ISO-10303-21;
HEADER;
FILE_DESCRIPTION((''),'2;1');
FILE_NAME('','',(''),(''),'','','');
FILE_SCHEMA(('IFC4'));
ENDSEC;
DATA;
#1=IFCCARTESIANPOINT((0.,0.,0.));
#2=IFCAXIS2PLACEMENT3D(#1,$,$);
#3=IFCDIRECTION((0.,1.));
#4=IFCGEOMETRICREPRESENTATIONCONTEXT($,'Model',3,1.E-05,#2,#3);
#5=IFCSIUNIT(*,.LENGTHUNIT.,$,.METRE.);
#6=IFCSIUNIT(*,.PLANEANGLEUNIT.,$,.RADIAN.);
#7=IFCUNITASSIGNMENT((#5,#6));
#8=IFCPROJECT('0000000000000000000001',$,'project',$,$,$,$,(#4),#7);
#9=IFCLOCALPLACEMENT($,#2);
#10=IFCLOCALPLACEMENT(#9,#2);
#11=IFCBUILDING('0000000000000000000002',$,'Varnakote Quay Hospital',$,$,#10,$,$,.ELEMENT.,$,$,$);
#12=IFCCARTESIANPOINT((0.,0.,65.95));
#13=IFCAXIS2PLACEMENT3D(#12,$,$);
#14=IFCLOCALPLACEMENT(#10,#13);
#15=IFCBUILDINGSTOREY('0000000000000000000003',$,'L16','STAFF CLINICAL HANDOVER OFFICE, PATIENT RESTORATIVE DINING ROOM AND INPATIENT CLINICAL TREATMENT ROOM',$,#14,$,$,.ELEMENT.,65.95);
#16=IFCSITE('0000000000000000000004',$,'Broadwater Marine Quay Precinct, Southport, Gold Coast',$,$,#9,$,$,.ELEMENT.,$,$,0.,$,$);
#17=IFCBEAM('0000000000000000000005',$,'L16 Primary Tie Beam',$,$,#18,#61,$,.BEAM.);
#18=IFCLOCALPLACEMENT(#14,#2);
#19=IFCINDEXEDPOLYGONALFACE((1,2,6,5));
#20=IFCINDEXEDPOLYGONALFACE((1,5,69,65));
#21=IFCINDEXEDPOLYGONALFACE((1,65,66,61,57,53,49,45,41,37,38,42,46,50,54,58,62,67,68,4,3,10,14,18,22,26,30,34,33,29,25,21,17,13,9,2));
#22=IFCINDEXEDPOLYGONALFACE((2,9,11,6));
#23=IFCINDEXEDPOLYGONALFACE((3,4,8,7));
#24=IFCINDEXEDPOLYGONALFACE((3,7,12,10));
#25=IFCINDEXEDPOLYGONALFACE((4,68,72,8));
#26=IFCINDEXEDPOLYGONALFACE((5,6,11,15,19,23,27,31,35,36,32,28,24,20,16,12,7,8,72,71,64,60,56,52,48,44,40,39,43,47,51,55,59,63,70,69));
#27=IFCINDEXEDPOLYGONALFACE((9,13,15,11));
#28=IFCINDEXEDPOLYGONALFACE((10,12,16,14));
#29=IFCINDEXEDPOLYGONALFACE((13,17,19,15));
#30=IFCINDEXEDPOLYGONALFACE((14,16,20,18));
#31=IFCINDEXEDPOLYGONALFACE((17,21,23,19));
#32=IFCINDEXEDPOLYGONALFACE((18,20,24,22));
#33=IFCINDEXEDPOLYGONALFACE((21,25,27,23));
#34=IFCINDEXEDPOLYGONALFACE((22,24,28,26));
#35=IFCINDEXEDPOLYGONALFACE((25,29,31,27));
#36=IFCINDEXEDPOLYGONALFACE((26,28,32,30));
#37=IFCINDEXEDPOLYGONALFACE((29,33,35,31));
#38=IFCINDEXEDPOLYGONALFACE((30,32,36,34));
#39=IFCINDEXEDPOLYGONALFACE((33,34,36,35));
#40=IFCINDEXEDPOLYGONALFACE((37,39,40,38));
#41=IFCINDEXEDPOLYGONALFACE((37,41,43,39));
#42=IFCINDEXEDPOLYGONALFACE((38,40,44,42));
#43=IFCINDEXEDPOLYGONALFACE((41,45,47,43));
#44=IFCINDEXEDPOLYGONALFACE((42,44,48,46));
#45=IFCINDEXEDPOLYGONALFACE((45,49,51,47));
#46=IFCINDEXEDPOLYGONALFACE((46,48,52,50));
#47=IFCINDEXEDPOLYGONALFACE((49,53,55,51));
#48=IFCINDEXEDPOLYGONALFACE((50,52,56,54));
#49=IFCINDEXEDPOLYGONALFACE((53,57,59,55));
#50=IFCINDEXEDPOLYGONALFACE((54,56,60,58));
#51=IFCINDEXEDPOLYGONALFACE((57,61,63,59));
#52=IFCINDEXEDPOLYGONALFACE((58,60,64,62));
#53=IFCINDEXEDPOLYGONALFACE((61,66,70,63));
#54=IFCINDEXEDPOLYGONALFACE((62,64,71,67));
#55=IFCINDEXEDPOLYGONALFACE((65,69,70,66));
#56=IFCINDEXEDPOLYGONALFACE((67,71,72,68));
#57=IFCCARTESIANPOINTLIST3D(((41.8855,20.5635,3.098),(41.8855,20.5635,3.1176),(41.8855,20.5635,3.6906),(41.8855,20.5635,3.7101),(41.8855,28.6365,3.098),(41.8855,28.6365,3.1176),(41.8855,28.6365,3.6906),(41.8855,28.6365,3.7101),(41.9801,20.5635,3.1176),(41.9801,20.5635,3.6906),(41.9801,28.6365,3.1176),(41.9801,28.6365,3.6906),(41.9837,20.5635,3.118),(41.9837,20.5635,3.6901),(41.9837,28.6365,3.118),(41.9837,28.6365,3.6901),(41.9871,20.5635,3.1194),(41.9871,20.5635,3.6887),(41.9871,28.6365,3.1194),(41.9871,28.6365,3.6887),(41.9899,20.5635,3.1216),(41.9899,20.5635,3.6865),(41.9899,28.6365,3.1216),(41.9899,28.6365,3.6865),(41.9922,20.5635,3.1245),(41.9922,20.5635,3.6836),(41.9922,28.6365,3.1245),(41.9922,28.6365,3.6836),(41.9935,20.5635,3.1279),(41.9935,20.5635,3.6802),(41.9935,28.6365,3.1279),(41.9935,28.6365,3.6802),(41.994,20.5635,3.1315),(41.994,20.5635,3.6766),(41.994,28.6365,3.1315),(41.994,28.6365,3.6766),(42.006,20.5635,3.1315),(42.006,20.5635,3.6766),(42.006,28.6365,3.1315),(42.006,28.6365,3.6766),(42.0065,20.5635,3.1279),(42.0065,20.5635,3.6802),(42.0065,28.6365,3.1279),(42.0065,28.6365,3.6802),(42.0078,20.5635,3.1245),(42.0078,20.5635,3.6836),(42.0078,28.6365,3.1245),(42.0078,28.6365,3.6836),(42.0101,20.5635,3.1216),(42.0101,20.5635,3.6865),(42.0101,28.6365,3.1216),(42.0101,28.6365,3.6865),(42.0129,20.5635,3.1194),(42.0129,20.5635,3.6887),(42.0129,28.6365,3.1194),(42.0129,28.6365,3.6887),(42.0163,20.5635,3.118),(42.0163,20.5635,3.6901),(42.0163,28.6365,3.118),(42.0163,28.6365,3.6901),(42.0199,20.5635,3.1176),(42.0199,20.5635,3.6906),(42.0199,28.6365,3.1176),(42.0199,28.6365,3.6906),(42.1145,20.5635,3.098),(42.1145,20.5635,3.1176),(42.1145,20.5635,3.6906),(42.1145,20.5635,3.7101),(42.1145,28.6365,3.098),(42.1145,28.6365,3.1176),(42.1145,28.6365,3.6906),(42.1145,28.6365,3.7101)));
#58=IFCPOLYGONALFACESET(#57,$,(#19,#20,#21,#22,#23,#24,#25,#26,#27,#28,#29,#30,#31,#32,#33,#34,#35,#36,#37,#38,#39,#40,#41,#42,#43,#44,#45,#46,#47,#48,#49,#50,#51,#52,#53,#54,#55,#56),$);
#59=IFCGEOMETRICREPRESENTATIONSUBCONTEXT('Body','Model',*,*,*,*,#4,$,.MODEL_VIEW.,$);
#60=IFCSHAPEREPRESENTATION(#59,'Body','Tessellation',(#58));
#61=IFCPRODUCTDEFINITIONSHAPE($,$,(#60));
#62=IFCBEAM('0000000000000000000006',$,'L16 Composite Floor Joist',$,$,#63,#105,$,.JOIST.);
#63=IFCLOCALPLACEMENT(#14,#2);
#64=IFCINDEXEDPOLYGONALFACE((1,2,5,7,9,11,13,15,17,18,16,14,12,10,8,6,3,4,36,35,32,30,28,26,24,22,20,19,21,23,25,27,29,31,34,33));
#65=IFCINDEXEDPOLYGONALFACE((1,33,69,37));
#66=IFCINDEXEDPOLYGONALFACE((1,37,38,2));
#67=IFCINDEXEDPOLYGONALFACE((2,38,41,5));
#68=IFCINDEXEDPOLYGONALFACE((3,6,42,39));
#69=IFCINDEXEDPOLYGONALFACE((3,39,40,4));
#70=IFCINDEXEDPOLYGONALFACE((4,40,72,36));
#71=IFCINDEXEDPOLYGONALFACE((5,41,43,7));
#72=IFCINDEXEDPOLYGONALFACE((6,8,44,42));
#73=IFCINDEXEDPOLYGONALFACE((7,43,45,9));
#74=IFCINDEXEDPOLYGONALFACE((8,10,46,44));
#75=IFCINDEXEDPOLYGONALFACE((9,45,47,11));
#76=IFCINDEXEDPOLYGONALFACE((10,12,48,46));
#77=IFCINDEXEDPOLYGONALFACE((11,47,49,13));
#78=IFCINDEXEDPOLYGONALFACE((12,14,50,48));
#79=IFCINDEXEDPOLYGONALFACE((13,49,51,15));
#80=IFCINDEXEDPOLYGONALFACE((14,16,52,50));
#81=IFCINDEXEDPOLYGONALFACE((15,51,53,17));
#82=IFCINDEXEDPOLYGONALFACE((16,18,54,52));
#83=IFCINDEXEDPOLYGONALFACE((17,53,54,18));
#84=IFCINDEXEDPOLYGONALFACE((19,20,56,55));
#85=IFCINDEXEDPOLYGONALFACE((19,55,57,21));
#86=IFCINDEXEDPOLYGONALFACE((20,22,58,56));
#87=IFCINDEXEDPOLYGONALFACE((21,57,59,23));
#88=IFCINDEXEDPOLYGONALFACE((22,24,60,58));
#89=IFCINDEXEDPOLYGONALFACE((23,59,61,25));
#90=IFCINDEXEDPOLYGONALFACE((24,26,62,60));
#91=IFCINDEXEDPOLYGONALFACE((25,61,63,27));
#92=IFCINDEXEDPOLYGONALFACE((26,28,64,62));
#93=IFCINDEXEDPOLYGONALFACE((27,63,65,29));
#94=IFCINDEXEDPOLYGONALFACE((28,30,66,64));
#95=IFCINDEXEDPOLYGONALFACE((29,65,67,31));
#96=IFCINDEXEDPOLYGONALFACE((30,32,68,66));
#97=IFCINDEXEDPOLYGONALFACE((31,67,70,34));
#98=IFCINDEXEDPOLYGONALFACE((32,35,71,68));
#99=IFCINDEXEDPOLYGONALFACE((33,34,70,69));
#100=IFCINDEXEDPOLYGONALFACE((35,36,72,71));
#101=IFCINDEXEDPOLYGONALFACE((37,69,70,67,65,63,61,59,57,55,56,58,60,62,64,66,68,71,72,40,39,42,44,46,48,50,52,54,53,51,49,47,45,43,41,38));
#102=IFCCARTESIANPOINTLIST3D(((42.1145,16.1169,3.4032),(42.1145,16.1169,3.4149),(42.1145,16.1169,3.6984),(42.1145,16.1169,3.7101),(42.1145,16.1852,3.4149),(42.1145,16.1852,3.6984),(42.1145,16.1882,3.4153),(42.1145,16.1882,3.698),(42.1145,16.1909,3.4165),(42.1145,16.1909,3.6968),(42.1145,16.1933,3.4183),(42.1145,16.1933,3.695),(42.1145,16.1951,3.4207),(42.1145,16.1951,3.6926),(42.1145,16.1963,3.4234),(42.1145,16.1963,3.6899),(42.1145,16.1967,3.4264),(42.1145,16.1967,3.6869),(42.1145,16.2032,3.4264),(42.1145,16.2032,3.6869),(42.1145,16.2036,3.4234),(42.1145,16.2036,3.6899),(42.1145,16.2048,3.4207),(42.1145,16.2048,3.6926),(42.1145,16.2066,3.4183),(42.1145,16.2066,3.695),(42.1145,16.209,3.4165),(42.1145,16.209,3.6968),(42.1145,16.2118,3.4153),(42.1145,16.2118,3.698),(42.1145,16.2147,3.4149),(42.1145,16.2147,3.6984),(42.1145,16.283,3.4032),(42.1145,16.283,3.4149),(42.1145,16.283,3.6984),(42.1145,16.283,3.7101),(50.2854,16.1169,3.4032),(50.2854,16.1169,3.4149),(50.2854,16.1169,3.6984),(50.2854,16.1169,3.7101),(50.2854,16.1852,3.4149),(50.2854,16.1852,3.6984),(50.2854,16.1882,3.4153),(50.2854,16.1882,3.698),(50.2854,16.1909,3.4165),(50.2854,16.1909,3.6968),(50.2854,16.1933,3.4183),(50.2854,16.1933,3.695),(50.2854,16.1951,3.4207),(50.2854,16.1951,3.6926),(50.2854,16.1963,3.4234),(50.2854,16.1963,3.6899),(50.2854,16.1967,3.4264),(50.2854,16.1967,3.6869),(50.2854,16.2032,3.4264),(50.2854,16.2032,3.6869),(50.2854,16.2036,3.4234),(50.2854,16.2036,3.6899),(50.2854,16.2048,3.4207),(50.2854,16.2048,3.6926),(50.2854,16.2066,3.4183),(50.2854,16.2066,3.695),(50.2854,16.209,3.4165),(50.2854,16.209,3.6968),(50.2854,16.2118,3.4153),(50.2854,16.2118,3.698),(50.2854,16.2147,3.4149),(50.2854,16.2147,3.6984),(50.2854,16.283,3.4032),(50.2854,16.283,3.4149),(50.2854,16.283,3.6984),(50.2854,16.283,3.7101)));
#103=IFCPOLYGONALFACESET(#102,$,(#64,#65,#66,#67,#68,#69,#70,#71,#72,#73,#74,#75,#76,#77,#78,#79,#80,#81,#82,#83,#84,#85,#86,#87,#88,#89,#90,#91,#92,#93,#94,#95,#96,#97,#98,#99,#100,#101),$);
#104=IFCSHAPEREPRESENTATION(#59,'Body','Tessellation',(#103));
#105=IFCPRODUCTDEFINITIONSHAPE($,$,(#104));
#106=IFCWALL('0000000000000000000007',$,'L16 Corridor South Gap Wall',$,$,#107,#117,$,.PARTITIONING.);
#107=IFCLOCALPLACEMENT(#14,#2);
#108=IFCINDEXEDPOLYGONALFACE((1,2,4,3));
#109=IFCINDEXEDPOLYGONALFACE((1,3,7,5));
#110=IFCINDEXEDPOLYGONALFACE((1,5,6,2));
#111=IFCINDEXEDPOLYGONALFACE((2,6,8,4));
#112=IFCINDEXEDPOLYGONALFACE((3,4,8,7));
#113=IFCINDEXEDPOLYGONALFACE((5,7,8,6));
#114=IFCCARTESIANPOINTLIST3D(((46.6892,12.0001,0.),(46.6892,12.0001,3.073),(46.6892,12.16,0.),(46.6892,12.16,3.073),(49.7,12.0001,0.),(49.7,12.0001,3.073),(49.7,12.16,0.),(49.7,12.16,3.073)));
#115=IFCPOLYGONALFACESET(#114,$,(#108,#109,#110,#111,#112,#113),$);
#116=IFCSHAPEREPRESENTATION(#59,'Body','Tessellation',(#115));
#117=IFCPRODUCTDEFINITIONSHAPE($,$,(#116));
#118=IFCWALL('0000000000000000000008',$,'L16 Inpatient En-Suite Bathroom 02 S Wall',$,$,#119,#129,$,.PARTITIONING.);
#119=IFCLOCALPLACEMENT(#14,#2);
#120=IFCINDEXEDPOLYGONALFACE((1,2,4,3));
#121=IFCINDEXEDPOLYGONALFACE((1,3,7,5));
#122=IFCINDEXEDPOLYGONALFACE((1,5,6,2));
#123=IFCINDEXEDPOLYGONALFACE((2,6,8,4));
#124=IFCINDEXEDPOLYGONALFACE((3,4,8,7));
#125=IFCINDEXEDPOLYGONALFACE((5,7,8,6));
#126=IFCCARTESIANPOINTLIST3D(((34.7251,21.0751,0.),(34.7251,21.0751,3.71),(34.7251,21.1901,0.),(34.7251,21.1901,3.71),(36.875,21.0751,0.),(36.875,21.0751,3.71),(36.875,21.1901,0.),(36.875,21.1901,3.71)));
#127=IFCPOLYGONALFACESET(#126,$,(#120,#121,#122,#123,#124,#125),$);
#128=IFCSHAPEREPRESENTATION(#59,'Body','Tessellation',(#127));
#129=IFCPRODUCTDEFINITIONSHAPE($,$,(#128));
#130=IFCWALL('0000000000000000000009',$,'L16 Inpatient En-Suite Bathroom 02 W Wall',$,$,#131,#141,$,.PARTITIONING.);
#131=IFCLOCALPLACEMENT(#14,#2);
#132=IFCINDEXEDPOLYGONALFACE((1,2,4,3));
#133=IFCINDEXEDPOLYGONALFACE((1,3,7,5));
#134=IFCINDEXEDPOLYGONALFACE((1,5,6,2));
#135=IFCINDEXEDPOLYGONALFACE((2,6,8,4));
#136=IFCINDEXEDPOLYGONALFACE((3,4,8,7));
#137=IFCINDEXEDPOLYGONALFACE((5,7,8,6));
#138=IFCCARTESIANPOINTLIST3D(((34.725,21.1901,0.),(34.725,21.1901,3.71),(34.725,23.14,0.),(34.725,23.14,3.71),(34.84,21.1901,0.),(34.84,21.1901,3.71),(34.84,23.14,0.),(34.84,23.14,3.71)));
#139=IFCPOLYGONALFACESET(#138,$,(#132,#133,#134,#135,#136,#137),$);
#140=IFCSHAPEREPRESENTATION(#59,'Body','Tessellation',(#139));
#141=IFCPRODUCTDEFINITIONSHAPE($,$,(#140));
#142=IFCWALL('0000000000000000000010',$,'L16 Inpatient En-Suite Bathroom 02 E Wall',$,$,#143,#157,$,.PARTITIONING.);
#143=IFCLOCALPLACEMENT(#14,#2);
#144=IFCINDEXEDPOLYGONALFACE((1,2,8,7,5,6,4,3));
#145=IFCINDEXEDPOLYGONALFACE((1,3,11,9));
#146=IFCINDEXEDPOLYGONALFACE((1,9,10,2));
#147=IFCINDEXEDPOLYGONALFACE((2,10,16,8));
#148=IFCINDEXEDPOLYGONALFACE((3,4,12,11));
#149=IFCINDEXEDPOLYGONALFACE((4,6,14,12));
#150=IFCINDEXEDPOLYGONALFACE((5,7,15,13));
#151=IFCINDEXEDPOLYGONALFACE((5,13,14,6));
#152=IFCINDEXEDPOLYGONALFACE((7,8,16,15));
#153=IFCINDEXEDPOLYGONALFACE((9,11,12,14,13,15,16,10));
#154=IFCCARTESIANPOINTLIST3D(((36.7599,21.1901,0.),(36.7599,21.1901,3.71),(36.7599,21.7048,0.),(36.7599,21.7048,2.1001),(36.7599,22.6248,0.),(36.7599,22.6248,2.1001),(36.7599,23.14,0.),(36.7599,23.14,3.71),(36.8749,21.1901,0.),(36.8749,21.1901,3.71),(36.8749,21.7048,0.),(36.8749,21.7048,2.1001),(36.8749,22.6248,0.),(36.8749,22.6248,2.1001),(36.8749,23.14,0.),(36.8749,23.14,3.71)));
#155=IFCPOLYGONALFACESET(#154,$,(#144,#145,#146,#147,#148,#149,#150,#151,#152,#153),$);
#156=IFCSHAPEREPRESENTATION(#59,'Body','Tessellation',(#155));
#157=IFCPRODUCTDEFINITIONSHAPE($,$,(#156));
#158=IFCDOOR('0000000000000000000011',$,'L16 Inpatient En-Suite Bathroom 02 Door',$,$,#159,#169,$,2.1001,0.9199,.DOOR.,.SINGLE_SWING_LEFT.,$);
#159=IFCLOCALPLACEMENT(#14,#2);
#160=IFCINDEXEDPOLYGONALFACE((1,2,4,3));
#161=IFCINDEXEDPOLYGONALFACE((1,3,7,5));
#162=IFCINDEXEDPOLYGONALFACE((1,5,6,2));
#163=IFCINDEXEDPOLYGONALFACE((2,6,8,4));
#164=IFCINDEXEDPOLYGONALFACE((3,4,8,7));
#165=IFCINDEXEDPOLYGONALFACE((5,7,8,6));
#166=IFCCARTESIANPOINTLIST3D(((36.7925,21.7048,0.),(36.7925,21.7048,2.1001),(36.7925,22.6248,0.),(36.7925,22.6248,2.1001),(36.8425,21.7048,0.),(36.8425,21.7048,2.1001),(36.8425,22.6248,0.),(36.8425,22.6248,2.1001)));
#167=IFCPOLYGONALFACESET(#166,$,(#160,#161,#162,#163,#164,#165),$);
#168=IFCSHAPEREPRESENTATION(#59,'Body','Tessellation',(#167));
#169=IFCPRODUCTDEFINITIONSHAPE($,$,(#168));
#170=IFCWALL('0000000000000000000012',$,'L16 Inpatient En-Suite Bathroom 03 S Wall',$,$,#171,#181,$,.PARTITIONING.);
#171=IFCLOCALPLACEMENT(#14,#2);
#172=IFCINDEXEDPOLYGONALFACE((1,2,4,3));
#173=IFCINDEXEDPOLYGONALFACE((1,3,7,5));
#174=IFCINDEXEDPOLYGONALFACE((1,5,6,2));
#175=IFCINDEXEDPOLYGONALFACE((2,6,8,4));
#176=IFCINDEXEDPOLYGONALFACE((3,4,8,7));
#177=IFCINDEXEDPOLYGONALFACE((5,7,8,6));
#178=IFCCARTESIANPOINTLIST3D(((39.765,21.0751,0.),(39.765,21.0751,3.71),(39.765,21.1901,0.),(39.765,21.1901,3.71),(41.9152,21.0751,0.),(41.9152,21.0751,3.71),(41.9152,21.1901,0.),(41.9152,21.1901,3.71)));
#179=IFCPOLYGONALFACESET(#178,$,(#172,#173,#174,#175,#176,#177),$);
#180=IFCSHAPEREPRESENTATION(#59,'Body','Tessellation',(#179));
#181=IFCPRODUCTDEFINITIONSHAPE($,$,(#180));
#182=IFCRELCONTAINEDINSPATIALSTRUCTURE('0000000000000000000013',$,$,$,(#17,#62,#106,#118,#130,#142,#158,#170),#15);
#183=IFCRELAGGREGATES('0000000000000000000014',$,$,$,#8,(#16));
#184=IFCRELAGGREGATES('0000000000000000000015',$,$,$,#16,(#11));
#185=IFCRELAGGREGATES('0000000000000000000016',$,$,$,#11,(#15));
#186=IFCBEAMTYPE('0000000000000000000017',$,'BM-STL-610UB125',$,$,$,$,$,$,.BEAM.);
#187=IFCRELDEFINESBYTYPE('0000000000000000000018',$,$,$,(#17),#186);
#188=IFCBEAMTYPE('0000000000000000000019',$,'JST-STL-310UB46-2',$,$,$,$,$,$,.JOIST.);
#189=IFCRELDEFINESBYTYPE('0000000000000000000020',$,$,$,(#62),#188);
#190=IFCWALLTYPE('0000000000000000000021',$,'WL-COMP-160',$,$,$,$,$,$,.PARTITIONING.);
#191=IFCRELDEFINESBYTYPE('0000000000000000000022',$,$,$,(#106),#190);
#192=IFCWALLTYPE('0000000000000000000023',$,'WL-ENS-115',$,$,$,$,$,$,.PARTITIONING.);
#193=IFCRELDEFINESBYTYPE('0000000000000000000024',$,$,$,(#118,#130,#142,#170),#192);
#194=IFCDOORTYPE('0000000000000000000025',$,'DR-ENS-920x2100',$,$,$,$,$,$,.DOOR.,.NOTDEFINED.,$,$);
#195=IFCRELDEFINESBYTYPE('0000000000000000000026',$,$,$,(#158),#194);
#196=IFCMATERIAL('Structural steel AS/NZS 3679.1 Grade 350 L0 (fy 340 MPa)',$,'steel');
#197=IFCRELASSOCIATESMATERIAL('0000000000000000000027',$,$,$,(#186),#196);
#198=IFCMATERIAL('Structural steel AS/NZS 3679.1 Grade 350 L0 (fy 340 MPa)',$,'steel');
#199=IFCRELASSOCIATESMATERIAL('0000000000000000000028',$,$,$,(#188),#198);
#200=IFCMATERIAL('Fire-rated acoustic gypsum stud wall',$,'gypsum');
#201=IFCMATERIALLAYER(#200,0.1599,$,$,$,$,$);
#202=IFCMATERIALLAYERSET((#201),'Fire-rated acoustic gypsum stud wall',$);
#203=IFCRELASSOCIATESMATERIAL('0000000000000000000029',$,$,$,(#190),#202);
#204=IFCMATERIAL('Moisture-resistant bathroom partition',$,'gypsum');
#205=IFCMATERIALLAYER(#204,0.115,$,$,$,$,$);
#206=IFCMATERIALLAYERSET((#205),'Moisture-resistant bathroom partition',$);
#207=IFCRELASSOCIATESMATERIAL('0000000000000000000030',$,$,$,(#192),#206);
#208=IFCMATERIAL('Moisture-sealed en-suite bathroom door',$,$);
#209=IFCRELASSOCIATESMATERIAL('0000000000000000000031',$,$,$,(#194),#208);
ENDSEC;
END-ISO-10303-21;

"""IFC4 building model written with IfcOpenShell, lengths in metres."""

from ifc_helpers import new_model, si_unit, direction, frame, frame_2d, origin, origin_2d, place, context, subcontext, project, spatial, rectangle, i_section, extrude, material, layer, layer_set, material_profile, profile_set, type_object, element, fill, save


model = new_model("IFC4")

# Units and contexts
model_context = context("Model", 3, precision=1e-05, world=origin(), true_north=direction((0.0, 1.0)))
body_context = subcontext(model_context, "Body", "Model", "MODEL_VIEW")
ifc_project = project(units=[si_unit("LENGTHUNIT", "METRE"), si_unit("PLANEANGLEUNIT", "RADIAN")], contexts=[model_context])

# Site, building, storey
site_placement = place(None, origin())
site = spatial("IfcSite", under=ifc_project, at=site_placement, Name="Broadwater Marine Quay Precinct, Southport, Gold Coast", CompositionType="ELEMENT", RefElevation=0.0)
building_placement = place(site_placement, origin())
building = spatial("IfcBuilding", under=site, at=building_placement, Name="Varnakote Quay Hospital", CompositionType="ELEMENT")
storey_placement = place(building_placement, frame((0.0, 0.0, 65.95)))
storey = spatial("IfcBuildingStorey", under=building, at=storey_placement, Name="L16", Description="STAFF CLINICAL HANDOVER OFFICE, PATIENT RESTORATIVE DINING ROOM AND INPATIENT CLINICAL TREATMENT ROOM", CompositionType="ELEMENT", Elevation=65.95)

# Beams
ifc_material_1 = material(Name="Structural steel AS/NZS 3679.1 Grade 350 L0 (fy 340 MPa)", Category="steel")
ifc_material_profile_1 = material_profile(ifc_material_1, i_section(OverallWidth=0.229, OverallDepth=0.6121, WebThickness=0.012, FlangeThickness=0.0195, FilletRadius=0.0139, at=origin_2d()), Name="610UB125")
ifc_profile_set_1 = profile_set([ifc_material_profile_1], Name="Structural steel AS/NZS 3679.1 Grade 350 L0 (fy 340 MPa)")
beam_type_1 = type_object("IfcBeamType", Name="BM-STL-610UB125", PredefinedType="BEAM", material=ifc_profile_set_1)
for number, where, z_axis, x_axis, name in (
    (1, (42.0, 20.5635, 3.4041), (0.0, 1.0, 0.0), (-1.0, 0.0, 0.0), "L16 Primary Tie Beam"),
):
    element("IfcBeam", number, at=place(storey_placement, frame(where, z_axis=z_axis, x_axis=x_axis)), inside=storey, type_object=beam_type_1, Name=name, PredefinedType="BEAM", context=body_context, shape_type="SweptSolid", body=[
        extrude(i_section(OverallWidth=0.229, OverallDepth=0.6121, WebThickness=0.012, FlangeThickness=0.0195, FilletRadius=0.0139, at=origin_2d()), origin(), (0.0, 0.0, 1.0), 8.073),
    ])
ifc_material_2 = material(Name="Structural steel AS/NZS 3679.1 Grade 350 L0 (fy 340 MPa)", Category="steel")
ifc_material_profile_2 = material_profile(ifc_material_2, i_section(OverallWidth=0.166, OverallDepth=0.3069, WebThickness=0.0066, FlangeThickness=0.0117, FilletRadius=0.0115, at=origin_2d()), Name="310UB46.2")
ifc_profile_set_2 = profile_set([ifc_material_profile_2], Name="Structural steel AS/NZS 3679.1 Grade 350 L0 (fy 340 MPa)")
beam_type_2 = type_object("IfcBeamType", Name="JST-STL-310UB46-2", PredefinedType="JOIST", material=ifc_profile_set_2)
beam_1_placement = place(storey_placement, frame((42.1145, 16.2, 3.5566), z_axis=(1.0, 0.0, 0.0), x_axis=(0.0, 1.0, 0.0)))
element("IfcBeam", 2, at=beam_1_placement, inside=storey, type_object=beam_type_2, Name="L16 Composite Floor Joist", PredefinedType="JOIST", context=body_context, shape_type="SweptSolid", body=[
    extrude(i_section(OverallWidth=0.166, OverallDepth=0.3069, WebThickness=0.0066, FlangeThickness=0.0117, FilletRadius=0.0115, at=origin_2d()), origin(), (0.0, 0.0, 1.0), 8.1709),
])

# Walls
ifc_material_3 = material(Name="Fire-rated acoustic gypsum stud wall", Category="gypsum")
ifc_layer_1 = layer(ifc_material_3, 0.1599)
ifc_layer_set_1 = layer_set([ifc_layer_1], Name="Fire-rated acoustic gypsum stud wall")
wall_type_1 = type_object("IfcWallType", Name="WL-COMP-160", PredefinedType="PARTITIONING", material=ifc_layer_set_1)
wall_1_placement = place(storey_placement, frame((46.6892, 12.0801, 0.0), z_axis=(0.0, 0.0, 1.0), x_axis=(1.0, 0.0, 0.0)))
element("IfcWall", 3, at=wall_1_placement, inside=storey, type_object=wall_type_1, Name="L16 Corridor South Gap Wall", PredefinedType="PARTITIONING", context=body_context, shape_type="SweptSolid", body=[
    extrude(rectangle(XDim=3.0107, YDim=0.1599, at=frame_2d((1.5054, 0.0))), origin(), (0.0, 0.0, 1.0), 3.073),
])
ifc_material_4 = material(Name="Moisture-resistant bathroom partition", Category="gypsum")
ifc_layer_2 = layer(ifc_material_4, 0.115)
ifc_layer_set_2 = layer_set([ifc_layer_2], Name="Moisture-resistant bathroom partition")
wall_type_2 = type_object("IfcWallType", Name="WL-ENS-115", PredefinedType="PARTITIONING", material=ifc_layer_set_2)
wall_2_placement = place(storey_placement, frame((34.7251, 21.1326, 0.0), z_axis=(0.0, 0.0, 1.0), x_axis=(1.0, 0.0, 0.0)))
element("IfcWall", 4, at=wall_2_placement, inside=storey, type_object=wall_type_2, Name="L16 Inpatient En-Suite Bathroom 02 S Wall", PredefinedType="PARTITIONING", context=body_context, shape_type="SweptSolid", body=[
    extrude(rectangle(XDim=2.1499, YDim=0.115, at=frame_2d((1.075, 0.0))), origin(), (0.0, 0.0, 1.0), 3.71),
])
wall_3_placement = place(storey_placement, frame((34.7825, 21.1899, 0.0), z_axis=(0.0, 0.0, 1.0), x_axis=(0.0, 1.0, 0.0)))
element("IfcWall", 5, at=wall_3_placement, inside=storey, type_object=wall_type_2, Name="L16 Inpatient En-Suite Bathroom 02 W Wall", PredefinedType="PARTITIONING", context=body_context, shape_type="SweptSolid", body=[
    extrude(rectangle(XDim=1.95, YDim=0.115, at=frame_2d((0.9751, 0.0))), origin(), (0.0, 0.0, 1.0), 3.71),
])

# Wall, opening, door
wall_4_placement = place(storey_placement, frame((36.8174, 21.1899, 0.0), z_axis=(0.0, 0.0, 1.0), x_axis=(0.0, 1.0, 0.0)))
wall_4 = element("IfcWall", 6, at=wall_4_placement, inside=storey, type_object=wall_type_2, Name="L16 Inpatient En-Suite Bathroom 02 E Wall", PredefinedType="PARTITIONING", context=body_context, shape_type="SweptSolid", body=[
    extrude(rectangle(XDim=1.95, YDim=0.115, at=frame_2d((0.9751, 0.0))), origin(), (0.0, 0.0, 1.0), 3.71),
])
opening_1_placement = place(wall_4_placement, frame((0.5149, 0.0, 0.0)))
opening_1 = element("IfcOpeningElement", 7, at=opening_1_placement, cuts=wall_4, PredefinedType="OPENING", context=body_context, shape_type="SweptSolid", body=[
    extrude(rectangle(XDim=0.9199, YDim=2.1001, at=frame_2d((0.46, 1.05))), frame((0.0, 0.0674, 0.0), z_axis=(0.0, -1.0, 0.0), x_axis=(1.0, 0.0, 0.0)), (0.0, 0.0, 1.0), 0.135),
])
ifc_material_5 = material(Name="Moisture-sealed en-suite bathroom door")
door_type_1 = type_object("IfcDoorType", Name="DR-ENS-920x2100", OperationType="NOTDEFINED", PredefinedType="DOOR", material=ifc_material_5)
door_1_placement = place(opening_1_placement, origin())
door_1 = element("IfcDoor", 8, at=door_1_placement, inside=storey, type_object=door_type_1, Name="L16 Inpatient En-Suite Bathroom 02 Door", OperationType="SINGLE_SWING_LEFT", OverallHeight=2.1001, OverallWidth=0.9199, PredefinedType="DOOR", context=body_context, shape_type="SweptSolid", body=[
    extrude(rectangle(XDim=0.9199, YDim=2.1001, at=frame_2d((0.46, 1.05))), frame((0.0, 0.0249, 0.0), z_axis=(0.0, -1.0, 0.0), x_axis=(1.0, 0.0, 0.0)), (0.0, 0.0, 1.0), 0.05),
])
fill(opening_1, door_1)

# Wall
wall_5_placement = place(storey_placement, frame((39.7649, 21.1326, 0.0), z_axis=(0.0, 0.0, 1.0), x_axis=(1.0, 0.0, 0.0)))
element("IfcWall", 9, at=wall_5_placement, inside=storey, type_object=wall_type_2, Name="L16 Inpatient En-Suite Bathroom 03 S Wall", PredefinedType="PARTITIONING", context=body_context, shape_type="SweptSolid", body=[
    extrude(rectangle(XDim=2.1501, YDim=0.115, at=frame_2d((1.0752, 0.0))), origin(), (0.0, 0.0, 1.0), 3.71),
])

save(model, "model.ifc")
